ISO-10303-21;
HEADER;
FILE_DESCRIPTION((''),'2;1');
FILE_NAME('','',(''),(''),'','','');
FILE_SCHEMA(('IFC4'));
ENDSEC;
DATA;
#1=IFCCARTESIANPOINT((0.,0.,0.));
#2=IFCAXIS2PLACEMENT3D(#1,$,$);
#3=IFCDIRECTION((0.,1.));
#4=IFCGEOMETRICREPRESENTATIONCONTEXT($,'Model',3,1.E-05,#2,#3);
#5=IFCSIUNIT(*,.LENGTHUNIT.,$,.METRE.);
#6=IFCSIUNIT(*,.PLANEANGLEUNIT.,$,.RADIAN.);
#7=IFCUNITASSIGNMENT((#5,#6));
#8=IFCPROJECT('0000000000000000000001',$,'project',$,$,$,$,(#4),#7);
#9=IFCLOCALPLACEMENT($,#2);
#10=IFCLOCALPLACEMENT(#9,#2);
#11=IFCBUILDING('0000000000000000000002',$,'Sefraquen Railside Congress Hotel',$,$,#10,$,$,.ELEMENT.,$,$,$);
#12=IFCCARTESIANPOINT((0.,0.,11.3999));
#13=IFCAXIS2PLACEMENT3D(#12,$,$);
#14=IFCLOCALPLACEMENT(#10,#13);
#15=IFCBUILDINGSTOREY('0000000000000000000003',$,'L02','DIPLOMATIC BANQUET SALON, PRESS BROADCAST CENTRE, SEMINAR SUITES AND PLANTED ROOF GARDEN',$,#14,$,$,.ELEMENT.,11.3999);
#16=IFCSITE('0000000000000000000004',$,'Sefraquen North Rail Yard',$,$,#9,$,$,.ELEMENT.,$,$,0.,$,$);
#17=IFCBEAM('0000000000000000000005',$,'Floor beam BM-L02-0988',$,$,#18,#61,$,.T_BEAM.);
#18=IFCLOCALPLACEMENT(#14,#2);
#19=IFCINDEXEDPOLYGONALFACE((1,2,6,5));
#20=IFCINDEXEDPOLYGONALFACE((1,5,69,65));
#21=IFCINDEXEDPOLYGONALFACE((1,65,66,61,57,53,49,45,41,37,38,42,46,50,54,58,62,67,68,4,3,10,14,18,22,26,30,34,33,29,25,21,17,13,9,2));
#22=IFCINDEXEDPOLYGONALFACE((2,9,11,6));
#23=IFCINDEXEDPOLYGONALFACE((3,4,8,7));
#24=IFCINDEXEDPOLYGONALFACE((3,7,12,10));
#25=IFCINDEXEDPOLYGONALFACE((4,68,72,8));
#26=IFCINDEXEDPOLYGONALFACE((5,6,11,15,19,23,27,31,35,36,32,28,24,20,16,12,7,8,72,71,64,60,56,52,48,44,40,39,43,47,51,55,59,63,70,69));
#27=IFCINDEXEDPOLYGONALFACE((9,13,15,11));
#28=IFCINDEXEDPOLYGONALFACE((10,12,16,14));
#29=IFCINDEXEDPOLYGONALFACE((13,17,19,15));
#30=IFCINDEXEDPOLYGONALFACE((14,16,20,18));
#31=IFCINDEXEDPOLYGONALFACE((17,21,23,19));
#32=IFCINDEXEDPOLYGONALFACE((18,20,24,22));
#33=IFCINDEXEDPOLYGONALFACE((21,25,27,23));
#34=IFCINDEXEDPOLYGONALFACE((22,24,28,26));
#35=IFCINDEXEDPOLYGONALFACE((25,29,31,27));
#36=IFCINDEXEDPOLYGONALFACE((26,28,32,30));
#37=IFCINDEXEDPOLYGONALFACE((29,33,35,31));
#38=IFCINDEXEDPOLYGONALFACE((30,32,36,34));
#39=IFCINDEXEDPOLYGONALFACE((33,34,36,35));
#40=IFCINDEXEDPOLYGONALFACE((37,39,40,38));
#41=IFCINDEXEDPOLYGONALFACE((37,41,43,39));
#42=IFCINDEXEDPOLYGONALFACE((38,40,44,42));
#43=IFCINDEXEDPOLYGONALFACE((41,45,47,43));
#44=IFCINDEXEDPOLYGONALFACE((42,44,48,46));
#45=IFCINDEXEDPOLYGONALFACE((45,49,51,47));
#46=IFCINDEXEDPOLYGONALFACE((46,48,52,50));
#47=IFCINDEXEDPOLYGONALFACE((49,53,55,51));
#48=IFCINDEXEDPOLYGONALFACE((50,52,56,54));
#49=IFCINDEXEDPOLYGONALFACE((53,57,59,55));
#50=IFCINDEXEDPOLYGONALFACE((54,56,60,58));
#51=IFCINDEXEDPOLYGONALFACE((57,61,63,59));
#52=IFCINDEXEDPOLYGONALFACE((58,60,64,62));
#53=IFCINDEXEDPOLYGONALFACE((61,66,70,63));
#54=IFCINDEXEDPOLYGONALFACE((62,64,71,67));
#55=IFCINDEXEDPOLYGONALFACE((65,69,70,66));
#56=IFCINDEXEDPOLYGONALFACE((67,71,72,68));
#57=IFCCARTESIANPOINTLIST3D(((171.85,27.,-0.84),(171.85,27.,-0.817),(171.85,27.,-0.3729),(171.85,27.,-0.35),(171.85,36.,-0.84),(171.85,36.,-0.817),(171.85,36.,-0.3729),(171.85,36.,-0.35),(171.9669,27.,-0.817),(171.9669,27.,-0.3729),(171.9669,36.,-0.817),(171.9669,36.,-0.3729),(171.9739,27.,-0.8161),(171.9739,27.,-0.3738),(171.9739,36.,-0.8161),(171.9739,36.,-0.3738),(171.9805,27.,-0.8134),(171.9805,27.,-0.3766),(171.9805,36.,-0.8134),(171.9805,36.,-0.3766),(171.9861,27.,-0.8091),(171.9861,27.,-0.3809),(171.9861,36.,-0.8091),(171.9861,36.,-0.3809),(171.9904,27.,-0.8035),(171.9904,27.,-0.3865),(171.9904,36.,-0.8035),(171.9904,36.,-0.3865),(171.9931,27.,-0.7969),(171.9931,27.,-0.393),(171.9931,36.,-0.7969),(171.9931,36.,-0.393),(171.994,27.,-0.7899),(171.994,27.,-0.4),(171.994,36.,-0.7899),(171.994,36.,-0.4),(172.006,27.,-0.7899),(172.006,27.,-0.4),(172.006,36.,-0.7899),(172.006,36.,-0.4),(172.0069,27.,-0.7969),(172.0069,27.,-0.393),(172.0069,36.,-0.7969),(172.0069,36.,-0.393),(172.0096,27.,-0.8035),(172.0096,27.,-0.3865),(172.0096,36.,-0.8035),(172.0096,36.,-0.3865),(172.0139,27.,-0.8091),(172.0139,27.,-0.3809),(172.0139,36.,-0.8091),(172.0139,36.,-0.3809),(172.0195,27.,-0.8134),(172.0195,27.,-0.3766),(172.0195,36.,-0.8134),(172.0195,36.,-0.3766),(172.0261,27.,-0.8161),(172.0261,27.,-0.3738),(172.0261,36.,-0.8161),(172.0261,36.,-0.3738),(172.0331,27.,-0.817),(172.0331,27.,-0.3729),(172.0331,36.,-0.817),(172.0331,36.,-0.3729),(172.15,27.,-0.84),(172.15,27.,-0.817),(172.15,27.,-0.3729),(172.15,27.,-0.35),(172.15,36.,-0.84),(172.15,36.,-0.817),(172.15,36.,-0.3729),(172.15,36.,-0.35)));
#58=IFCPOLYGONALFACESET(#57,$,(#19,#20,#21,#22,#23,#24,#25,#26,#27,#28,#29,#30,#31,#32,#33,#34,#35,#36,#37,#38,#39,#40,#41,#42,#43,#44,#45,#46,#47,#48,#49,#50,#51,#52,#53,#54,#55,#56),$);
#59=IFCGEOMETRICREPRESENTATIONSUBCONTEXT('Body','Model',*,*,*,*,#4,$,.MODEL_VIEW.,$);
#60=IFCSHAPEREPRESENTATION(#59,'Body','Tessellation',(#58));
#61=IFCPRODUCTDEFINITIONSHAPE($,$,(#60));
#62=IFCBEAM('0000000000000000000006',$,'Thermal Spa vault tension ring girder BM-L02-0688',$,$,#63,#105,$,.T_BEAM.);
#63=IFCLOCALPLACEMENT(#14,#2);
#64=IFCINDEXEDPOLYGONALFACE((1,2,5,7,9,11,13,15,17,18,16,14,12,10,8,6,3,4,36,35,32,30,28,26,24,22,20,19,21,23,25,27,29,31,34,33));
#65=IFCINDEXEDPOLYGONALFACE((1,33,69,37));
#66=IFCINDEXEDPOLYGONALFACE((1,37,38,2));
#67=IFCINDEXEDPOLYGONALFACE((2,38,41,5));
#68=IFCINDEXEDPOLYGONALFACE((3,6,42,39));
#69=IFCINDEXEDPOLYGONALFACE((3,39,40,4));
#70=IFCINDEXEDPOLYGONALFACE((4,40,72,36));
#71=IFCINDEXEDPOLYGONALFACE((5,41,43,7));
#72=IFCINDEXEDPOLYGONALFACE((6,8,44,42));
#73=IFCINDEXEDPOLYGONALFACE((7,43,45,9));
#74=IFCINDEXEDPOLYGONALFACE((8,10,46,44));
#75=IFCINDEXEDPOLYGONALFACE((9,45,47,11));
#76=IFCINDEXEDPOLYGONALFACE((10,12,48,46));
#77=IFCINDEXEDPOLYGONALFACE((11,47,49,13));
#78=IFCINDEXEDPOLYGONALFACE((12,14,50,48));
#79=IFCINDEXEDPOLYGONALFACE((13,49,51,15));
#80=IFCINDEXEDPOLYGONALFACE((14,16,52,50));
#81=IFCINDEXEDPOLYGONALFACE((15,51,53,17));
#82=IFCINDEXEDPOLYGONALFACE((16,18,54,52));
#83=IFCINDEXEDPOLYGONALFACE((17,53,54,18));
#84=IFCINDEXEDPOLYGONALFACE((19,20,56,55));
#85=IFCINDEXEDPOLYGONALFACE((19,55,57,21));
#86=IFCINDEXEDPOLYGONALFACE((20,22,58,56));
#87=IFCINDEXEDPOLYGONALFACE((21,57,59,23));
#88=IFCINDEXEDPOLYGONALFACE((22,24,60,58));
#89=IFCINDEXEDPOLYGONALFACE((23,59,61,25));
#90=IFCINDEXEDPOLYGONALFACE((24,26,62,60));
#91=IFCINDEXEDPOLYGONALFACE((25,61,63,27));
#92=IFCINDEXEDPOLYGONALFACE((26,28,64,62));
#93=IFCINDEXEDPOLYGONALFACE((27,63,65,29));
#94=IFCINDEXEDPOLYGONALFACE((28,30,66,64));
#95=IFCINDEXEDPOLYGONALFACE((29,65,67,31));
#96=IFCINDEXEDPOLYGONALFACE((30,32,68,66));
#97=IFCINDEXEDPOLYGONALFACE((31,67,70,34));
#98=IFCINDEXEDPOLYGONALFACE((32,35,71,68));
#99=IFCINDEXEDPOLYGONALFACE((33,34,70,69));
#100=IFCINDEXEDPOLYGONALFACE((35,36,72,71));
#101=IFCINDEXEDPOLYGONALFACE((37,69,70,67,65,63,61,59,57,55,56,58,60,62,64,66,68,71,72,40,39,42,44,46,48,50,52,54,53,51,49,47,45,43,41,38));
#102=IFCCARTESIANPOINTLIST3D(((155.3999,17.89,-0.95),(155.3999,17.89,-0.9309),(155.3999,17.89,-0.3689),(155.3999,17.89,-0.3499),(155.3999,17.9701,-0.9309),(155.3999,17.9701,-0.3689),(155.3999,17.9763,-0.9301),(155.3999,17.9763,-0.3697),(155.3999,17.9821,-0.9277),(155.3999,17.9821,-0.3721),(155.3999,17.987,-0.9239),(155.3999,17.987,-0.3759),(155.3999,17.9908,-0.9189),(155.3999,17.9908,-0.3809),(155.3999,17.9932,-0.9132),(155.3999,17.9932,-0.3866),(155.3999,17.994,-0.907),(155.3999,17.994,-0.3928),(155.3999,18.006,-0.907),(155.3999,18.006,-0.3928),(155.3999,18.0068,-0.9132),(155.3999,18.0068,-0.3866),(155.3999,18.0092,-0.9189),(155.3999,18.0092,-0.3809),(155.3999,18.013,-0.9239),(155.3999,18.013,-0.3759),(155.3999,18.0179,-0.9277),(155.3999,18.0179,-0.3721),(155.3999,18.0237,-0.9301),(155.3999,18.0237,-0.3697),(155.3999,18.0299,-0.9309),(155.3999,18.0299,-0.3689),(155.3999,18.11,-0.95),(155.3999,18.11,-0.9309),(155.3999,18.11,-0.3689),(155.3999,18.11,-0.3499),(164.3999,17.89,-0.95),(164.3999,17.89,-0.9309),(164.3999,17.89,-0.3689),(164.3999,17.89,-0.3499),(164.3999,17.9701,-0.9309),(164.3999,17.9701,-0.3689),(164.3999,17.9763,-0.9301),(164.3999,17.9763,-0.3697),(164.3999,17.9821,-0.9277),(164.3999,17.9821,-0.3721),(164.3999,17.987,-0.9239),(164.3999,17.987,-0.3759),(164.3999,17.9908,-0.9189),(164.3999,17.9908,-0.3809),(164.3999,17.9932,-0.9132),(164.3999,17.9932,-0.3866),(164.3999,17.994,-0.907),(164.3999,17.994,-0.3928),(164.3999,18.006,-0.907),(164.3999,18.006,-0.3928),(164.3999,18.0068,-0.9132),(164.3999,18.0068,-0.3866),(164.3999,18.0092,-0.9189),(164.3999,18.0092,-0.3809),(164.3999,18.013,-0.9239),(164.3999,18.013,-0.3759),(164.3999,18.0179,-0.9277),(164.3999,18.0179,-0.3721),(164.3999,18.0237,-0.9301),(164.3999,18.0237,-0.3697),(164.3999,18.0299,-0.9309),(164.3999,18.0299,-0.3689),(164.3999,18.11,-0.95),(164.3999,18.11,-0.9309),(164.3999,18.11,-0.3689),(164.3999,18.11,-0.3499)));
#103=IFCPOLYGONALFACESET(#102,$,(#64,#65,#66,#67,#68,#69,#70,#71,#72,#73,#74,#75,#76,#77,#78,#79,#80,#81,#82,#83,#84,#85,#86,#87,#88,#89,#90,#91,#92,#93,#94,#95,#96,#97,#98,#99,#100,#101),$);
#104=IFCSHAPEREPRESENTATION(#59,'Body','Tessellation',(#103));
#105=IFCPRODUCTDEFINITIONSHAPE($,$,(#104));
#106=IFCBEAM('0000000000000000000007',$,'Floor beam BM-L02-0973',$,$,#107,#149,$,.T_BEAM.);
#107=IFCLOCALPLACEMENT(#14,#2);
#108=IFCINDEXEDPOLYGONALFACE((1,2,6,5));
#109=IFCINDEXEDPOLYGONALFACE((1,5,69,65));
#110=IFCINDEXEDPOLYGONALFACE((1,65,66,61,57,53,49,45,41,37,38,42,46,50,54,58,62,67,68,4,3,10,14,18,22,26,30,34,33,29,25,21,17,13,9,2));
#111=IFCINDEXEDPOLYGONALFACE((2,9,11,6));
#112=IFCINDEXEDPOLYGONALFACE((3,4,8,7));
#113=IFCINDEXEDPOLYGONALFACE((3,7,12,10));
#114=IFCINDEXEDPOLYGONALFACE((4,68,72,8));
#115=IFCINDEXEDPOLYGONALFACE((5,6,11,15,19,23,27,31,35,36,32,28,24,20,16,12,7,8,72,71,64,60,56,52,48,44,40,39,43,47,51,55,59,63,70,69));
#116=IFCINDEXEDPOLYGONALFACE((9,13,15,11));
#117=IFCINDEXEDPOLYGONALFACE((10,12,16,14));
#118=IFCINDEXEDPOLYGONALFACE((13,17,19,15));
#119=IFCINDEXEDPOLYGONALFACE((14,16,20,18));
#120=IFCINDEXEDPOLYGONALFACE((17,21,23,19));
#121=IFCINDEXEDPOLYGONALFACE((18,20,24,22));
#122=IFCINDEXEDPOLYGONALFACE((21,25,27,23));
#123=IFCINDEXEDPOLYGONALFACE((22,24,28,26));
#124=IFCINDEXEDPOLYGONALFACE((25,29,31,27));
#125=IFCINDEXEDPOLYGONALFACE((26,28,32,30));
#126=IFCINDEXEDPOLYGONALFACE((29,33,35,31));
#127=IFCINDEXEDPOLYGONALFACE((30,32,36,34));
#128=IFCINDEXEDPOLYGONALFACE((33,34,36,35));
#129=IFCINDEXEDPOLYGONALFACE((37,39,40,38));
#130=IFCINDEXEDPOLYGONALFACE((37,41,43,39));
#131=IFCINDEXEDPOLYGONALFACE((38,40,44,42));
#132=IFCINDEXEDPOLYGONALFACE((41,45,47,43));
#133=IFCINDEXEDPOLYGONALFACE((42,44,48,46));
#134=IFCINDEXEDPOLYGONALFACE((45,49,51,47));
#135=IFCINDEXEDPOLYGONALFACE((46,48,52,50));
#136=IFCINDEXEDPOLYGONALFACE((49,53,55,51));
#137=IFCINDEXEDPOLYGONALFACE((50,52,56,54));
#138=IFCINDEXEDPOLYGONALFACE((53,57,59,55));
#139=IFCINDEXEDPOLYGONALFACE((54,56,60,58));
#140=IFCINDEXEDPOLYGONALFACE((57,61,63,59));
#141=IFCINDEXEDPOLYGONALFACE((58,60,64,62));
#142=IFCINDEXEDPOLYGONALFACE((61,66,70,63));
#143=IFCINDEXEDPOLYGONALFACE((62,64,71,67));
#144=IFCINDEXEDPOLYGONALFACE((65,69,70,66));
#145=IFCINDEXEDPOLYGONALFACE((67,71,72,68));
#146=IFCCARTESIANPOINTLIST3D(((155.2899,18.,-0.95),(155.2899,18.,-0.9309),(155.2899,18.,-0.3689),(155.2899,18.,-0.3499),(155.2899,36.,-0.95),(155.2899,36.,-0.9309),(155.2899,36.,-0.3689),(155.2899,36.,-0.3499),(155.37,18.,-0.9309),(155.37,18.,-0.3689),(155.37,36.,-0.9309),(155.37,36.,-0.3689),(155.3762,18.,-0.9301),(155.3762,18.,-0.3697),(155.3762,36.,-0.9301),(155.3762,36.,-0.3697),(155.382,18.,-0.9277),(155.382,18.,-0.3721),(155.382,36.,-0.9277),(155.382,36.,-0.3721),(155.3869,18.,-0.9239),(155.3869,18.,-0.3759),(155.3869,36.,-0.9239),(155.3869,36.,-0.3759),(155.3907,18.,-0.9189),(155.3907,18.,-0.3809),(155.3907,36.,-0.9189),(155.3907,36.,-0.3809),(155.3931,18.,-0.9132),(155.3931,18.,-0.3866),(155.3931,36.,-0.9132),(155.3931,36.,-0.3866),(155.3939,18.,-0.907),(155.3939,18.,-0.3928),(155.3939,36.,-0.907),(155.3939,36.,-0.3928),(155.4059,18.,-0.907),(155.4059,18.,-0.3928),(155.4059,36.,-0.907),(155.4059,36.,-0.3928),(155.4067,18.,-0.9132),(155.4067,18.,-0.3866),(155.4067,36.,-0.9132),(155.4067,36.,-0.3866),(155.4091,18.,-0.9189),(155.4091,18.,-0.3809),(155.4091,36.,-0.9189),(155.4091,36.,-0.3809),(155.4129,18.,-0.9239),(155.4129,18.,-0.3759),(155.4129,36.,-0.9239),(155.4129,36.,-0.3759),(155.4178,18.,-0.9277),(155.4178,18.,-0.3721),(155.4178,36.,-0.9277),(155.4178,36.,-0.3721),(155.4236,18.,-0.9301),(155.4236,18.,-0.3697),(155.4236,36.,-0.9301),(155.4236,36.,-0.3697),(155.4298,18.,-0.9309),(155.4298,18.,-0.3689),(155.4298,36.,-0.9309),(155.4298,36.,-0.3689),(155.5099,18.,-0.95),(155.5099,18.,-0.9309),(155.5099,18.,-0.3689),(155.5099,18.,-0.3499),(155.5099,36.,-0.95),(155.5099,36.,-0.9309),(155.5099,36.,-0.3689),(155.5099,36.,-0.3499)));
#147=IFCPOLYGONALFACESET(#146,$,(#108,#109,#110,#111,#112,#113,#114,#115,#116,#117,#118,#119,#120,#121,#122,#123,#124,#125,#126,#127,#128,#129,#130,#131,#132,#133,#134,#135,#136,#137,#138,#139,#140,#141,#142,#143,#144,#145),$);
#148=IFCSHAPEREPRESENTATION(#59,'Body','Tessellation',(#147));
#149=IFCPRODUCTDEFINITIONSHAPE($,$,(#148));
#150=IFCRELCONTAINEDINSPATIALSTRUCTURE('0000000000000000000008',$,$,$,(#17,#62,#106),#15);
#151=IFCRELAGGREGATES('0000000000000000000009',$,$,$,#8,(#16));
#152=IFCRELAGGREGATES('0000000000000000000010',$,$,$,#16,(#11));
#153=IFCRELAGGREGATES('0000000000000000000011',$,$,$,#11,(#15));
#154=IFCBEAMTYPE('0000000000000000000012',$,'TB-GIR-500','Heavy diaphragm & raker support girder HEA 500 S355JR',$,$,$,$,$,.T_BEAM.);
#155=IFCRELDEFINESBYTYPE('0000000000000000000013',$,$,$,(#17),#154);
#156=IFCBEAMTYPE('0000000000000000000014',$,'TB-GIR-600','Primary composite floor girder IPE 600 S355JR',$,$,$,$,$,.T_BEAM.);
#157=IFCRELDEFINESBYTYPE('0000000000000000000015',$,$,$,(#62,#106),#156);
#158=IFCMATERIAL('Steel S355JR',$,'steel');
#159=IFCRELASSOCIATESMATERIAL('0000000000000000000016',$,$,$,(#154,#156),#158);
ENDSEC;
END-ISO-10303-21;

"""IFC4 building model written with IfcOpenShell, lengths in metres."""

from ifc_helpers import new_model, si_unit, direction, frame, origin, origin_2d, place, context, subcontext, project, spatial, i_section, extrude, material, material_profile, profile_set, type_object, element, save


model = new_model("IFC4")

# Units and contexts
model_context = context("Model", 3, precision=1e-05, world=origin(), true_north=direction((0.0, 1.0)))
body_context = subcontext(model_context, "Body", "Model", "MODEL_VIEW")
ifc_project = project(units=[si_unit("LENGTHUNIT", "METRE"), si_unit("PLANEANGLEUNIT", "RADIAN")], contexts=[model_context])

# Site, building, storey
site_placement = place(None, origin())
site = spatial("IfcSite", under=ifc_project, at=site_placement, Name="Sefraquen North Rail Yard", CompositionType="ELEMENT", RefElevation=0.0)
building_placement = place(site_placement, origin())
building = spatial("IfcBuilding", under=site, at=building_placement, Name="Sefraquen Railside Congress Hotel", CompositionType="ELEMENT")
storey_placement = place(building_placement, frame((0.0, 0.0, 11.3999)))
storey = spatial("IfcBuildingStorey", under=building, at=storey_placement, Name="L02", Description="DIPLOMATIC BANQUET SALON, PRESS BROADCAST CENTRE, SEMINAR SUITES AND PLANTED ROOF GARDEN", CompositionType="ELEMENT", Elevation=11.3999)

# Beams
ifc_material_1 = material(Name="Steel S355JR", Category="steel")
ifc_material_profile_1 = material_profile(ifc_material_1, i_section(OverallWidth=0.3, OverallDepth=0.49, WebThickness=0.012, FlangeThickness=0.0229, FilletRadius=0.0271, at=origin_2d()), Name="HEA 500")
ifc_profile_set_1 = profile_set([ifc_material_profile_1], Name="Steel S355JR")
beam_type_1 = type_object("IfcBeamType", Name="TB-GIR-500", Description="Heavy diaphragm & raker support girder HEA 500 S355JR", PredefinedType="T_BEAM", material=ifc_profile_set_1)
for number, where, z_axis, x_axis, name in (
    (1, (172.0, 27.0, -0.595), (0.0, 1.0, 0.0), (-1.0, 0.0, 0.0), "Floor beam BM-L02-0988"),
):
    element("IfcBeam", number, at=place(storey_placement, frame(where, z_axis=z_axis, x_axis=x_axis)), inside=storey, type_object=beam_type_1, Name=name, PredefinedType="T_BEAM", context=body_context, shape_type="SweptSolid", body=[
        extrude(i_section(OverallWidth=0.3, OverallDepth=0.49, WebThickness=0.012, FlangeThickness=0.0229, FilletRadius=0.0271, at=origin_2d()), origin(), (0.0, 0.0, 1.0), 9.0),
    ])
ifc_material_profile_2 = material_profile(ifc_material_1, i_section(OverallWidth=0.22, OverallDepth=0.6001, WebThickness=0.012, FlangeThickness=0.019, FilletRadius=0.0239, at=origin_2d()), Name="IPE 600")
ifc_profile_set_2 = profile_set([ifc_material_profile_2], Name="Steel S355JR")
beam_type_2 = type_object("IfcBeamType", Name="TB-GIR-600", Description="Primary composite floor girder IPE 600 S355JR", PredefinedType="T_BEAM", material=ifc_profile_set_2)
beam_1_placement = place(storey_placement, frame((155.3999, 18.0, -0.6499), z_axis=(1.0, 0.0, 0.0), x_axis=(0.0, 1.0, 0.0)))
element("IfcBeam", 2, at=beam_1_placement, inside=storey, type_object=beam_type_2, Name="Thermal Spa vault tension ring girder BM-L02-0688", PredefinedType="T_BEAM", context=body_context, shape_type="SweptSolid", body=[
    extrude(i_section(OverallWidth=0.22, OverallDepth=0.6001, WebThickness=0.012, FlangeThickness=0.019, FilletRadius=0.0239, at=origin_2d()), origin(), (0.0, 0.0, 1.0), 9.0),
])
beam_2_placement = place(storey_placement, frame((155.3999, 18.0, -0.6499), z_axis=(0.0, 1.0, 0.0), x_axis=(-1.0, 0.0, 0.0)))
element("IfcBeam", 3, at=beam_2_placement, inside=storey, type_object=beam_type_2, Name="Floor beam BM-L02-0973", PredefinedType="T_BEAM", context=body_context, shape_type="SweptSolid", body=[
    extrude(i_section(OverallWidth=0.22, OverallDepth=0.6001, WebThickness=0.012, FlangeThickness=0.019, FilletRadius=0.0239, at=origin_2d()), origin(), (0.0, 0.0, 1.0), 18.0),
])

save(model, "model.ifc")
